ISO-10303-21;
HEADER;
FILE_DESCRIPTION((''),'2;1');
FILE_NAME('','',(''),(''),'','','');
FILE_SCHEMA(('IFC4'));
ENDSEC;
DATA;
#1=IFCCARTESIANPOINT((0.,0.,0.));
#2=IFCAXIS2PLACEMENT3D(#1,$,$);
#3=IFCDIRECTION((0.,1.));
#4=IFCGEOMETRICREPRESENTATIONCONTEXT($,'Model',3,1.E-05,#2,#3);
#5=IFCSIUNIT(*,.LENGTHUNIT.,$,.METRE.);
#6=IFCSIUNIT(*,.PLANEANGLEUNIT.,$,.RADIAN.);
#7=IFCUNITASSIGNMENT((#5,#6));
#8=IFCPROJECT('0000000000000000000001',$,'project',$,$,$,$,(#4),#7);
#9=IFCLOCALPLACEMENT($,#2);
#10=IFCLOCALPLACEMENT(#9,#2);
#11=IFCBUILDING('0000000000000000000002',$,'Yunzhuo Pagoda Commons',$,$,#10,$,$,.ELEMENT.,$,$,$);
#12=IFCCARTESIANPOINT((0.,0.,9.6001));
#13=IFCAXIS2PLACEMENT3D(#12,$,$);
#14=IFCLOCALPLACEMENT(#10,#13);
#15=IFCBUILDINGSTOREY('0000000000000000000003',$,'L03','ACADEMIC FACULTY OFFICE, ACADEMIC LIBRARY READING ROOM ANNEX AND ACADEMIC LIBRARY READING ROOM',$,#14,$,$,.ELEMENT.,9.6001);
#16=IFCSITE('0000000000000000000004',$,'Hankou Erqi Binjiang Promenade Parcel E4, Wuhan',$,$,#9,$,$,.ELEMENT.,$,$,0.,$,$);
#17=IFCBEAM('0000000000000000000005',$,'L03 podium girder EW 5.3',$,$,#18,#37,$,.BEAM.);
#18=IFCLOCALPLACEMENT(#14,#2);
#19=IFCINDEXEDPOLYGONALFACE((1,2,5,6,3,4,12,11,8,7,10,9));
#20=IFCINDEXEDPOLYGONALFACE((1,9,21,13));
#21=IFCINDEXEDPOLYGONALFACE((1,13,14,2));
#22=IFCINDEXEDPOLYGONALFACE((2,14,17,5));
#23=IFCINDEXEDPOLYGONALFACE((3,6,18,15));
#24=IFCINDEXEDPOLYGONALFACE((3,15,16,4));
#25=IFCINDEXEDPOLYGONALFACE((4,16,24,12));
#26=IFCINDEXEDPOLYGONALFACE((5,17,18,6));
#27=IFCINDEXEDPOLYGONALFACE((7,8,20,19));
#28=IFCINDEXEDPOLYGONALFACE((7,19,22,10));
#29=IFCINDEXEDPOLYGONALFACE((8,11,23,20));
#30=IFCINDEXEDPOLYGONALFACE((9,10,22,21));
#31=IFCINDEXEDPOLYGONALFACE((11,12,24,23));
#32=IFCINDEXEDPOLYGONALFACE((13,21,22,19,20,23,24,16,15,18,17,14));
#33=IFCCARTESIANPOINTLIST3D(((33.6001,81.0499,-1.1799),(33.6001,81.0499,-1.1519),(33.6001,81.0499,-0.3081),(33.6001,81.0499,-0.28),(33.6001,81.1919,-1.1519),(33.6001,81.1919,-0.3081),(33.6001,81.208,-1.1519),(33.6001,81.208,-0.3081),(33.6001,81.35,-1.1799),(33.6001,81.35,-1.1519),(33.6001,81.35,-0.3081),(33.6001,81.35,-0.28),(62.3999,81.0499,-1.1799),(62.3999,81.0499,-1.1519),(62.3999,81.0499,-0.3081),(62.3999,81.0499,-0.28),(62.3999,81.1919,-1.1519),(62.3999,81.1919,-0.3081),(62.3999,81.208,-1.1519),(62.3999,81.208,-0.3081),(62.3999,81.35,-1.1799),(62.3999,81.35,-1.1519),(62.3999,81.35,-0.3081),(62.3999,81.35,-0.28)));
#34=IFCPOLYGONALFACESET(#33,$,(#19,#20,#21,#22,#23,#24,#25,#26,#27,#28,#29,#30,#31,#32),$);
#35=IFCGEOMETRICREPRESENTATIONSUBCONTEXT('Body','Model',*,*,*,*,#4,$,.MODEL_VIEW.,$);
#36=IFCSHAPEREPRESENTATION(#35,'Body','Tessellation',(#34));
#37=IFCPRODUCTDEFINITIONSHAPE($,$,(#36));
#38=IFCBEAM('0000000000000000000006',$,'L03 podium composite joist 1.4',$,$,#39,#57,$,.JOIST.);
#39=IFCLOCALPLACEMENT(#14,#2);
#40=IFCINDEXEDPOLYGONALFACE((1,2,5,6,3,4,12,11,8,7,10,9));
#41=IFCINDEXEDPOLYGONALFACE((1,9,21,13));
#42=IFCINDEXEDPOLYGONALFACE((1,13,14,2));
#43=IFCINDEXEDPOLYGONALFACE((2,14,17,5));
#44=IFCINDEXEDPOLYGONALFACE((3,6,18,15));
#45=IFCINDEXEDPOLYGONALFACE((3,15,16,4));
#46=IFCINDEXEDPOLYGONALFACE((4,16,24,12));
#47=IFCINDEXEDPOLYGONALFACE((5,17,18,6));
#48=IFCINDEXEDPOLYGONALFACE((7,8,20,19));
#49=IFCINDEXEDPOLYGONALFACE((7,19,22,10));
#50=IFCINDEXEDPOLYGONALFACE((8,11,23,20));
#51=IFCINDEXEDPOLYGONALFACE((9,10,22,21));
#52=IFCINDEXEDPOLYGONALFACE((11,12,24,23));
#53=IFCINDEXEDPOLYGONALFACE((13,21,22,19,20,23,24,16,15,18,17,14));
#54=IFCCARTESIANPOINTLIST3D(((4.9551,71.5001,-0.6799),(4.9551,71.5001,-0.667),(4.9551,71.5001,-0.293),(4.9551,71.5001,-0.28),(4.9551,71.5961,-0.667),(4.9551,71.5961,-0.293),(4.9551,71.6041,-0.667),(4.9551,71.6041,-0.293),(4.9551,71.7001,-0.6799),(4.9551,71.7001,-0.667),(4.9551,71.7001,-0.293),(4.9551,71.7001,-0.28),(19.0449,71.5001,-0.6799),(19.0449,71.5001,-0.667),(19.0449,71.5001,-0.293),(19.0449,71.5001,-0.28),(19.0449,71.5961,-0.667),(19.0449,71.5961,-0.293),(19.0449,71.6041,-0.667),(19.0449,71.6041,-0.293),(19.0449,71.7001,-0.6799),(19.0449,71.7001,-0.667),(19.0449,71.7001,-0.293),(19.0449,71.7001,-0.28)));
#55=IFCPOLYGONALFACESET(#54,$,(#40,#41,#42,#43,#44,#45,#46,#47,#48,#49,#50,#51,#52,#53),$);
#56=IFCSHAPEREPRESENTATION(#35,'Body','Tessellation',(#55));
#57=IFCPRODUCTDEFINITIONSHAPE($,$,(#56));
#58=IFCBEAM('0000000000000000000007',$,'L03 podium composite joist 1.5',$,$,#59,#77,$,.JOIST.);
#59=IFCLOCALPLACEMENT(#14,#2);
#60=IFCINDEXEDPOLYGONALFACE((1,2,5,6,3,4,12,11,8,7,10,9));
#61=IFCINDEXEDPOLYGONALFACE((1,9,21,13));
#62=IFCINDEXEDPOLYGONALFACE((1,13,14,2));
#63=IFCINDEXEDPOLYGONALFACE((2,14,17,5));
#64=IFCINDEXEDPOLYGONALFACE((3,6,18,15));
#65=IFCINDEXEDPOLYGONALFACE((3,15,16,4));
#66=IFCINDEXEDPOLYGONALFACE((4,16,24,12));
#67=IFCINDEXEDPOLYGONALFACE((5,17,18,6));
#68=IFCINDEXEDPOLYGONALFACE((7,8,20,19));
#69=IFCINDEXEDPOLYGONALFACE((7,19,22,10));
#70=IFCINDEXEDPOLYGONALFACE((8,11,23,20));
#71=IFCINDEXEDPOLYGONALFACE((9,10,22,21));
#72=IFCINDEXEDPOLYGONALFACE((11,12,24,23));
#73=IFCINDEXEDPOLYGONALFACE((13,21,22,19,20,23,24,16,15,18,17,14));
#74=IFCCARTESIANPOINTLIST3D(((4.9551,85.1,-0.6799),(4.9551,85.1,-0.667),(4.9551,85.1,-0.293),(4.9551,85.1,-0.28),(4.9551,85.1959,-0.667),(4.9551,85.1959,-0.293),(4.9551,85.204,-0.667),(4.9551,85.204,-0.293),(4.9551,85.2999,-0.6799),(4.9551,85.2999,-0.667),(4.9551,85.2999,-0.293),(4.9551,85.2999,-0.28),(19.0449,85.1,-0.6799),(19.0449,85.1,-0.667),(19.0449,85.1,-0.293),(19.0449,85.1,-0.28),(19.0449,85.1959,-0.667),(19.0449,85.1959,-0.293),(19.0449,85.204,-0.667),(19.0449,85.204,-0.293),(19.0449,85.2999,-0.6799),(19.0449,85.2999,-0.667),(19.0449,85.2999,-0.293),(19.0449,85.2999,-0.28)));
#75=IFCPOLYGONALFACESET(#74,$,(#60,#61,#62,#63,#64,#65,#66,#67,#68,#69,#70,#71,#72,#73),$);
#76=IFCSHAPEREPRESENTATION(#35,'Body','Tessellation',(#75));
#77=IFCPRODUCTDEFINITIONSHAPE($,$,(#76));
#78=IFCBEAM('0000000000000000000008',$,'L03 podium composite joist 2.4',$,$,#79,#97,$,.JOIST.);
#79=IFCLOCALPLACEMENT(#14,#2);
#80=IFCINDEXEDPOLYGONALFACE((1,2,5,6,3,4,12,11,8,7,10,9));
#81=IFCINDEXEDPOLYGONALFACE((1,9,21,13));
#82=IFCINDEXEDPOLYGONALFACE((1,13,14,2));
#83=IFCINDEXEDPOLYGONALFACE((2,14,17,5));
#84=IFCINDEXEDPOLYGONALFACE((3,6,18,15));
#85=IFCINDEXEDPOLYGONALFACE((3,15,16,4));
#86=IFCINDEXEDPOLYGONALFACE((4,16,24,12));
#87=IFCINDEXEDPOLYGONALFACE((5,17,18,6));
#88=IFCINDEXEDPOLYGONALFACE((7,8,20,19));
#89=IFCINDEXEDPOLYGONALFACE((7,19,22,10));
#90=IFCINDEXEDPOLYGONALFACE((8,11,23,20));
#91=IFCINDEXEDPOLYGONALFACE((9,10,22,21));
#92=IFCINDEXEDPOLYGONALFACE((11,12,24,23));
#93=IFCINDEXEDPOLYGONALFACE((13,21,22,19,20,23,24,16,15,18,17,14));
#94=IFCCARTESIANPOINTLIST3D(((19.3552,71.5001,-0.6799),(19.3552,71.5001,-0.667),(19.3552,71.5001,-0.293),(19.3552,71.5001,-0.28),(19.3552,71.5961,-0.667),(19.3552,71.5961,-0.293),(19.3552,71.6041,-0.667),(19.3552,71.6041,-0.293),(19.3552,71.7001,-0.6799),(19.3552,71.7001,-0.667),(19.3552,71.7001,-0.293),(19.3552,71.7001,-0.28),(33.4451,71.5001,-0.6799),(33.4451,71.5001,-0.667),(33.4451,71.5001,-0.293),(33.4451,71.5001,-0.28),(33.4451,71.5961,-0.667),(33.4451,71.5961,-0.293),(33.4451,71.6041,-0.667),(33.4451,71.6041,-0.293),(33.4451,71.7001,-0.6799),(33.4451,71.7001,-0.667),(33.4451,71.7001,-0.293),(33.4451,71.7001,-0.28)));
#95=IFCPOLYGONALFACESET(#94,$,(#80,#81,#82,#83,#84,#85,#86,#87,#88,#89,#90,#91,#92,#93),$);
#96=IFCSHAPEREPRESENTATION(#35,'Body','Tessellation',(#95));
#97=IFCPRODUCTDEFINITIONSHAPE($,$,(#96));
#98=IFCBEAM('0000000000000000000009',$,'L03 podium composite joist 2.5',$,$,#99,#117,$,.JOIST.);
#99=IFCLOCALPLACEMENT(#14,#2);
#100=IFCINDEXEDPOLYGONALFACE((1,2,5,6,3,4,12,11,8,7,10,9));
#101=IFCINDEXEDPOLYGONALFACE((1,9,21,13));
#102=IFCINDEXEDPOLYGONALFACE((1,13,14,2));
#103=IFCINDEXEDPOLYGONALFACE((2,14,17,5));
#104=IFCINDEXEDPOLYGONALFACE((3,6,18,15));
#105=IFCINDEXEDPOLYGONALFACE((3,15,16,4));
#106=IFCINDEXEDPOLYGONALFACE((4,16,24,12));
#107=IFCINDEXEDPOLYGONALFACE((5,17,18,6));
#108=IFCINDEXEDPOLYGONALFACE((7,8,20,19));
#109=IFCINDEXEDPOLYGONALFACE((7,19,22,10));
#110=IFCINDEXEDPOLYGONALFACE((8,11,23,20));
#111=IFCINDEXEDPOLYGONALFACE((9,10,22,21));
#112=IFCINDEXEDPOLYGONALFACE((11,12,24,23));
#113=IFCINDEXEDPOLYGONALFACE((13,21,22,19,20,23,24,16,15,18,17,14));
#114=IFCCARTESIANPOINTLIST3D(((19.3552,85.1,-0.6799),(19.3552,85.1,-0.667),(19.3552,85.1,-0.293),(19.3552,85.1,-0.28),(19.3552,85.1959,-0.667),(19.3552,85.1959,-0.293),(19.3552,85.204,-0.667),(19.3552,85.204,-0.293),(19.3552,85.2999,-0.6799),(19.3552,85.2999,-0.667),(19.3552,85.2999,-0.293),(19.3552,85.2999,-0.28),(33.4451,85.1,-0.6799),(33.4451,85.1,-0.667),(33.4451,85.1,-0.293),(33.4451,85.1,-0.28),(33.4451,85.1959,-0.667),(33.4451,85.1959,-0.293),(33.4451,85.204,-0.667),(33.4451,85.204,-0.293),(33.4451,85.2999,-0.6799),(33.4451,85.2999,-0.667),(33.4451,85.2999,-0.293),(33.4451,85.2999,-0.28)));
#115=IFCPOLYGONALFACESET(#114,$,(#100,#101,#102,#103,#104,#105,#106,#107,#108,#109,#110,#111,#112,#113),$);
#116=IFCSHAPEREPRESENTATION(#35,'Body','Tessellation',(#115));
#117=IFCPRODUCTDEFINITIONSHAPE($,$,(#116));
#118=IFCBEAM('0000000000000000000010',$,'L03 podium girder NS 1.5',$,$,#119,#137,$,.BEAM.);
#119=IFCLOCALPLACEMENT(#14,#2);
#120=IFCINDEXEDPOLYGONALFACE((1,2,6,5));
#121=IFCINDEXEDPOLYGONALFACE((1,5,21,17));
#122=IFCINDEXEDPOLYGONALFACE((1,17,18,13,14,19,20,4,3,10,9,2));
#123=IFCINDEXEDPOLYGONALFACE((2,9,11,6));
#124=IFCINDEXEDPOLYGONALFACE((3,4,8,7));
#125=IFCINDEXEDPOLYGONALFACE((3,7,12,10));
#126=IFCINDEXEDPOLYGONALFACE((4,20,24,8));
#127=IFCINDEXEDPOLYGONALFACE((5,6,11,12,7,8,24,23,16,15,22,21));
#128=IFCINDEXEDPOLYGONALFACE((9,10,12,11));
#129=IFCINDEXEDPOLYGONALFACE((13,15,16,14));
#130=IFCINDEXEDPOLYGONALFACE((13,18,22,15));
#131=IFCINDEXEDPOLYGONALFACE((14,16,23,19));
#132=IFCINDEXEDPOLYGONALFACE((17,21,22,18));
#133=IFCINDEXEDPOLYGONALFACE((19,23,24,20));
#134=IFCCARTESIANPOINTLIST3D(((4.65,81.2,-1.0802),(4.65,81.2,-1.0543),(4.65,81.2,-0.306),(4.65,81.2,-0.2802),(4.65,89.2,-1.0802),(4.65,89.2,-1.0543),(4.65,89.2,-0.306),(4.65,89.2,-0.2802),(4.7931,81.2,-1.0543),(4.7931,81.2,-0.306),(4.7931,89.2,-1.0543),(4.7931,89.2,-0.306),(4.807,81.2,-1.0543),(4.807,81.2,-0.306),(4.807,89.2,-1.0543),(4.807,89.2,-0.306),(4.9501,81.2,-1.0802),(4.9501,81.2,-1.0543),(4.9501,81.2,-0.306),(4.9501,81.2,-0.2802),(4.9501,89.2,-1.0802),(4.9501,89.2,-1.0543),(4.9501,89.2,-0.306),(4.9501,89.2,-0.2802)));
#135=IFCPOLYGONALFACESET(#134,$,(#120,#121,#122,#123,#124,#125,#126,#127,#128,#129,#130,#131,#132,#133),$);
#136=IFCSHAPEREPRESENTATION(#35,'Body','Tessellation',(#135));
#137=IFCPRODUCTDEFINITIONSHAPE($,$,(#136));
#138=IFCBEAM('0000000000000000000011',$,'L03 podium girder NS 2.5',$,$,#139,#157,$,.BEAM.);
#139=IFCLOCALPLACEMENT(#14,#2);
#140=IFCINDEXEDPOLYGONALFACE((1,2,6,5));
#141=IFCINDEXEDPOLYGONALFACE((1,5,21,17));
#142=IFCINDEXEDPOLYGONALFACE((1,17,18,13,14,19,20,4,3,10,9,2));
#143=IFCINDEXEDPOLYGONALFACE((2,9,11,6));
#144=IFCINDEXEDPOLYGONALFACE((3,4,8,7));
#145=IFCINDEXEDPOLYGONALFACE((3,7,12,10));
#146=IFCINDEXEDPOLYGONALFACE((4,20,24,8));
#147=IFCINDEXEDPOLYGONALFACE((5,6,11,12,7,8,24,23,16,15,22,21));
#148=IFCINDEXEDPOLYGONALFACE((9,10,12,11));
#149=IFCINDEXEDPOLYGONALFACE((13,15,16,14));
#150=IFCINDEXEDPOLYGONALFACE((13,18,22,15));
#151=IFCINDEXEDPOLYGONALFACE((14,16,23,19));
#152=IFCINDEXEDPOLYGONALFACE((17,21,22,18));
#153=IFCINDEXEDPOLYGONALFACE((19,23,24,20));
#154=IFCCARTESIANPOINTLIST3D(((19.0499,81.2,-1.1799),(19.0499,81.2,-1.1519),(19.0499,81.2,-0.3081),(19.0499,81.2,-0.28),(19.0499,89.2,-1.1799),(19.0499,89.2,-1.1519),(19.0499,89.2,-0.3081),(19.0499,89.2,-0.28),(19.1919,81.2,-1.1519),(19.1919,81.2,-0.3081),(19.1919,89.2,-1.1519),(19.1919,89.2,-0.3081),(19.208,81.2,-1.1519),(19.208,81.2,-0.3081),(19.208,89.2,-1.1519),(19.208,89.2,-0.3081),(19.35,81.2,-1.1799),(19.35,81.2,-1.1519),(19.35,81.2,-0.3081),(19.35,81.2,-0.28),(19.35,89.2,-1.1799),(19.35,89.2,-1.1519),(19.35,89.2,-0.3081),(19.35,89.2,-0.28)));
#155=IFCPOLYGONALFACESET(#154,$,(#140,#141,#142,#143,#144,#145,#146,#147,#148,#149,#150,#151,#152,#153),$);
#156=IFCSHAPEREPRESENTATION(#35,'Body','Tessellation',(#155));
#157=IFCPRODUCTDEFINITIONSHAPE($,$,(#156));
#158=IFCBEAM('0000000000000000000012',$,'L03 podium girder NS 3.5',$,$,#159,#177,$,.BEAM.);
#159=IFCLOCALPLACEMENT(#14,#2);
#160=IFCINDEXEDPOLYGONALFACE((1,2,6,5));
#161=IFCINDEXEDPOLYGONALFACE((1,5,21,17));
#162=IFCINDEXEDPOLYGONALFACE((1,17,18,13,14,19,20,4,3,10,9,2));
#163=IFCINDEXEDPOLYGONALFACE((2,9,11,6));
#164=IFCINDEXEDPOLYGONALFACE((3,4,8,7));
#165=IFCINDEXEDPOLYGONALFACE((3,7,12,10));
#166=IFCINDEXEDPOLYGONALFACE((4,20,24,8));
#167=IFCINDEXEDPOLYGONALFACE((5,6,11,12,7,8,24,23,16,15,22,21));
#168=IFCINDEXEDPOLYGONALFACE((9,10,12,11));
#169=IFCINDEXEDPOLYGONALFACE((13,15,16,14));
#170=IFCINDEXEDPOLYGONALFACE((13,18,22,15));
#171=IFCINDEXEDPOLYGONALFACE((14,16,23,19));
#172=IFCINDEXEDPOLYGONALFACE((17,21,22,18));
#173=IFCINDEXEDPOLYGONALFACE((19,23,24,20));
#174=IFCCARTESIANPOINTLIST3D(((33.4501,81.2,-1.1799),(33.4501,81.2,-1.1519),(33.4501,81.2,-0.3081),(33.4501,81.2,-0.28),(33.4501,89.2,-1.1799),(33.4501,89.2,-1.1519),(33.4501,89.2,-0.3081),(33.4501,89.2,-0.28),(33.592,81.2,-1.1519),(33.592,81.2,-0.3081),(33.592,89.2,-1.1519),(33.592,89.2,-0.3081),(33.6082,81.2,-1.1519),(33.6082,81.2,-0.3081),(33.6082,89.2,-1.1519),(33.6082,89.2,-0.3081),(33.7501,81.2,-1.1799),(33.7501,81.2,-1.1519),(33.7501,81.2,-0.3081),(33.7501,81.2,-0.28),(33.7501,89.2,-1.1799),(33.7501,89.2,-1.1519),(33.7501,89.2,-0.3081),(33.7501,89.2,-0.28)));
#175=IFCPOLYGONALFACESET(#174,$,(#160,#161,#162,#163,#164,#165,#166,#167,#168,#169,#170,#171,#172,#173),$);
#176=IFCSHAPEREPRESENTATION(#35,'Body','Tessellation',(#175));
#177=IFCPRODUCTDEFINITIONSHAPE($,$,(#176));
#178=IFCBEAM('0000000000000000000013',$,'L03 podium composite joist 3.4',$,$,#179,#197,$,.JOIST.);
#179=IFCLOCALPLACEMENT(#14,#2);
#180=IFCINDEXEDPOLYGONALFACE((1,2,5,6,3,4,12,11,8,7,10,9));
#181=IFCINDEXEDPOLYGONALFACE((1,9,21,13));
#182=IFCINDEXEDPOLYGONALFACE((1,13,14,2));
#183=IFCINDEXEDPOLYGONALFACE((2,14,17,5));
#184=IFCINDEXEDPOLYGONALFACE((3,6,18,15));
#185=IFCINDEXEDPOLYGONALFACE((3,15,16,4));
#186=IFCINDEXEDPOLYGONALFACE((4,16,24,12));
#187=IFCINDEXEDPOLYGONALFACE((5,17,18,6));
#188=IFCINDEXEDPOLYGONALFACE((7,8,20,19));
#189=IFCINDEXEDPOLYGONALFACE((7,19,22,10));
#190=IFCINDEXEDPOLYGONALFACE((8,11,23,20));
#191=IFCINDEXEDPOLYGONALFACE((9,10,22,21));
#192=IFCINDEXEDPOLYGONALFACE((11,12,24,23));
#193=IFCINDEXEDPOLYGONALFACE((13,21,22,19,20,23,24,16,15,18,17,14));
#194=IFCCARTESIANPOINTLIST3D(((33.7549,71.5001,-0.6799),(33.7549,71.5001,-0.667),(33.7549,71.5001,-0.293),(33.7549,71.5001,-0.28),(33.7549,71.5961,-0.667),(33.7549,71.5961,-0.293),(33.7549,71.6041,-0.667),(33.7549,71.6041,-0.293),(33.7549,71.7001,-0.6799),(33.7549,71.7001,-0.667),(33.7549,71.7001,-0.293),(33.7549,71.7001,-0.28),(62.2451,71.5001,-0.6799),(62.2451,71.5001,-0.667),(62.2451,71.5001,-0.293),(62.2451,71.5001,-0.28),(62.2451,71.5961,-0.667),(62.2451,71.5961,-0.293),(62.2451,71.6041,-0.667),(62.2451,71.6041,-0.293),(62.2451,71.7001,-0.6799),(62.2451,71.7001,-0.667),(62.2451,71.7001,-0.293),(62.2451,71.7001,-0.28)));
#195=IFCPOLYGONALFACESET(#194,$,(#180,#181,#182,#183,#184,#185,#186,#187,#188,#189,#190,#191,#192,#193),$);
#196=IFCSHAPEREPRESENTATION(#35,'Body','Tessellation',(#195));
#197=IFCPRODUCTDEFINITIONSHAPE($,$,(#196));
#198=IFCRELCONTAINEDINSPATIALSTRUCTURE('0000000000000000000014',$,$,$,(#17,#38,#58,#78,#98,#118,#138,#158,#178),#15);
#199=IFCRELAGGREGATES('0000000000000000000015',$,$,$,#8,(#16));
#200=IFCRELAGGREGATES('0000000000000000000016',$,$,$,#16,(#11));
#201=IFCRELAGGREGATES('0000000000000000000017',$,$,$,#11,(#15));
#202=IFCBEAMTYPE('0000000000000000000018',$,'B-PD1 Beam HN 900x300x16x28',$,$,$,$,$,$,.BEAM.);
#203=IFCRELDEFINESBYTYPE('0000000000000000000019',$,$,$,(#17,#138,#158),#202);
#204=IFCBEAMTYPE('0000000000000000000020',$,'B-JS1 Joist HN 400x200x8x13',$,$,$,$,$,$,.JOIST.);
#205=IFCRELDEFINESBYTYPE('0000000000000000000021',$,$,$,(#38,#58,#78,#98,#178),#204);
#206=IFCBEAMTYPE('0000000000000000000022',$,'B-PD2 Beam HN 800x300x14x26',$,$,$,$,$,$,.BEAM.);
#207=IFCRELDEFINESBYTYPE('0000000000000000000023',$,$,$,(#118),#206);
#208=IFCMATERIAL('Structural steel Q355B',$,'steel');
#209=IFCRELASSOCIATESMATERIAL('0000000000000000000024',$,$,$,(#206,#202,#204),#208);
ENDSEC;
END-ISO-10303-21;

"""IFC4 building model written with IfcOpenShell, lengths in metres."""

from ifc_helpers import new_model, si_unit, direction, frame, origin, origin_2d, place, context, subcontext, project, spatial, i_section, extrude, source, transform, mapped, material, material_profile, profile_set, type_object, element, save


model = new_model("IFC4")

# Units and contexts
model_context = context("Model", 3, precision=1e-05, world=origin(), true_north=direction((0.0, 1.0)))
body_context = subcontext(model_context, "Body", "Model", "MODEL_VIEW")
ifc_project = project(units=[si_unit("LENGTHUNIT", "METRE"), si_unit("PLANEANGLEUNIT", "RADIAN")], contexts=[model_context])

# Site, building, storey
site_placement = place(None, origin())
site = spatial("IfcSite", under=ifc_project, at=site_placement, Name="Hankou Erqi Binjiang Promenade Parcel E4, Wuhan", CompositionType="ELEMENT", RefElevation=0.0)
building_placement = place(site_placement, origin())
building = spatial("IfcBuilding", under=site, at=building_placement, Name="Yunzhuo Pagoda Commons", CompositionType="ELEMENT")
storey_placement = place(building_placement, frame((0.0, 0.0, 9.6001)))
storey = spatial("IfcBuildingStorey", under=building, at=storey_placement, Name="L03", Description="ACADEMIC FACULTY OFFICE, ACADEMIC LIBRARY READING ROOM ANNEX AND ACADEMIC LIBRARY READING ROOM", CompositionType="ELEMENT", Elevation=9.6001)

# Beams
ifc_material_1 = material(Name="Structural steel Q355B", Category="steel")
ifc_material_profile_1 = material_profile(ifc_material_1, i_section(OverallWidth=0.3, OverallDepth=0.8, WebThickness=0.0139, FlangeThickness=0.0259, at=origin_2d()), Name="Structural steel Q355B")
ifc_profile_set_1 = profile_set([ifc_material_profile_1], Name="Structural steel Q355B")
beam_type_1 = type_object("IfcBeamType", Name="B-PD2 Beam HN 800x300x14x26", PredefinedType="BEAM", material=ifc_profile_set_1)
ifc_material_profile_2 = material_profile(ifc_material_1, i_section(OverallWidth=0.3, OverallDepth=0.8999, WebThickness=0.0161, FlangeThickness=0.0281, at=origin_2d()), Name="Structural steel Q355B")
ifc_profile_set_2 = profile_set([ifc_material_profile_2], Name="Structural steel Q355B")
beam_type_2 = type_object("IfcBeamType", Name="B-PD1 Beam HN 900x300x16x28", PredefinedType="BEAM", material=ifc_profile_set_2)
shared_shape_1 = source(origin(), body_context, "Body", "SweptSolid", [
    extrude(i_section(OverallWidth=0.3, OverallDepth=0.8999, WebThickness=0.0161, FlangeThickness=0.0281, at=origin_2d()), origin(), (0.0, 0.0, 1.0), 28.7998),
])
beam_1_placement = place(storey_placement, frame((33.6001, 81.2, -0.73), z_axis=(1.0, 0.0, 0.0), x_axis=(0.0, 1.0, 0.0)))
element("IfcBeam", 1, at=beam_1_placement, inside=storey, type_object=beam_type_2, Name="L03 podium girder EW 5.3", PredefinedType="BEAM", context=body_context, shape_type="MappedRepresentation", body=[
    mapped(shared_shape_1, transform((0.0, 0.0, 0.0), scale=1.0)),
])
ifc_material_profile_3 = material_profile(ifc_material_1, i_section(OverallWidth=0.2, OverallDepth=0.3999, WebThickness=0.0081, FlangeThickness=0.0129, at=origin_2d()), Name="Structural steel Q355B")
ifc_profile_set_3 = profile_set([ifc_material_profile_3], Name="Structural steel Q355B")
beam_type_3 = type_object("IfcBeamType", Name="B-JS1 Joist HN 400x200x8x13", PredefinedType="JOIST", material=ifc_profile_set_3)
shared_shape_2 = source(origin(), body_context, "Body", "SweptSolid", [
    extrude(i_section(OverallWidth=0.2, OverallDepth=0.3999, WebThickness=0.0081, FlangeThickness=0.0129, at=origin_2d()), origin(), (0.0, 0.0, 1.0), 14.0898),
])
for number, where, z_axis, x_axis, name in (
    (2, (4.9551, 71.6001, -0.48), (1.0, 0.0, 0.0), (0.0, 1.0, 0.0), "L03 podium composite joist 1.4"),
    (3, (4.9551, 85.2, -0.48), (1.0, 0.0, 0.0), (0.0, 1.0, 0.0), "L03 podium composite joist 1.5"),
    (4, (19.3552, 71.6001, -0.48), (1.0, 0.0, 0.0), (0.0, 1.0, 0.0), "L03 podium composite joist 2.4"),
    (5, (19.3552, 85.2, -0.48), (1.0, 0.0, 0.0), (0.0, 1.0, 0.0), "L03 podium composite joist 2.5"),
):
    element("IfcBeam", number, at=place(storey_placement, frame(where, z_axis=z_axis, x_axis=x_axis)), inside=storey, type_object=beam_type_3, Name=name, PredefinedType="JOIST", context=body_context, shape_type="MappedRepresentation", body=[
        mapped(shared_shape_2, transform((0.0, 0.0, 0.0), scale=1.0)),
    ])
shared_shape_3 = source(origin(), body_context, "Body", "SweptSolid", [
    extrude(i_section(OverallWidth=0.3, OverallDepth=0.8, WebThickness=0.0139, FlangeThickness=0.0259, at=origin_2d()), origin(), (0.0, 0.0, 1.0), 8.0),
])
beam_2_placement = place(storey_placement, frame((4.8, 81.2, -0.6802), z_axis=(0.0, 1.0, 0.0), x_axis=(-1.0, 0.0, 0.0)))
element("IfcBeam", 6, at=beam_2_placement, inside=storey, type_object=beam_type_1, Name="L03 podium girder NS 1.5", PredefinedType="BEAM", context=body_context, shape_type="MappedRepresentation", body=[
    mapped(shared_shape_3, transform((0.0, 0.0, 0.0), scale=1.0)),
])
shared_shape_4 = source(origin(), body_context, "Body", "SweptSolid", [
    extrude(i_section(OverallWidth=0.3, OverallDepth=0.8999, WebThickness=0.0161, FlangeThickness=0.0281, at=origin_2d()), origin(), (0.0, 0.0, 1.0), 8.0),
])
for number, where, z_axis, x_axis, name in (
    (7, (19.2, 81.2, -0.73), (0.0, 1.0, 0.0), (-1.0, 0.0, 0.0), "L03 podium girder NS 2.5"),
    (8, (33.6001, 81.2, -0.73), (0.0, 1.0, 0.0), (-1.0, 0.0, 0.0), "L03 podium girder NS 3.5"),
):
    element("IfcBeam", number, at=place(storey_placement, frame(where, z_axis=z_axis, x_axis=x_axis)), inside=storey, type_object=beam_type_2, Name=name, PredefinedType="BEAM", context=body_context, shape_type="MappedRepresentation", body=[
        mapped(shared_shape_4, transform((0.0, 0.0, 0.0), scale=1.0)),
    ])
shared_shape_5 = source(origin(), body_context, "Body", "SweptSolid", [
    extrude(i_section(OverallWidth=0.2, OverallDepth=0.3999, WebThickness=0.0081, FlangeThickness=0.0129, at=origin_2d()), origin(), (0.0, 0.0, 1.0), 28.4902),
])
for number, where, z_axis, x_axis, name in (
    (9, (33.7549, 71.6001, -0.48), (1.0, 0.0, 0.0), (0.0, 1.0, 0.0), "L03 podium composite joist 3.4"),
):
    element("IfcBeam", number, at=place(storey_placement, frame(where, z_axis=z_axis, x_axis=x_axis)), inside=storey, type_object=beam_type_3, Name=name, PredefinedType="JOIST", context=body_context, shape_type="MappedRepresentation", body=[
        mapped(shared_shape_5, transform((0.0, 0.0, 0.0), scale=1.0)),
    ])

save(model, "model.ifc")
